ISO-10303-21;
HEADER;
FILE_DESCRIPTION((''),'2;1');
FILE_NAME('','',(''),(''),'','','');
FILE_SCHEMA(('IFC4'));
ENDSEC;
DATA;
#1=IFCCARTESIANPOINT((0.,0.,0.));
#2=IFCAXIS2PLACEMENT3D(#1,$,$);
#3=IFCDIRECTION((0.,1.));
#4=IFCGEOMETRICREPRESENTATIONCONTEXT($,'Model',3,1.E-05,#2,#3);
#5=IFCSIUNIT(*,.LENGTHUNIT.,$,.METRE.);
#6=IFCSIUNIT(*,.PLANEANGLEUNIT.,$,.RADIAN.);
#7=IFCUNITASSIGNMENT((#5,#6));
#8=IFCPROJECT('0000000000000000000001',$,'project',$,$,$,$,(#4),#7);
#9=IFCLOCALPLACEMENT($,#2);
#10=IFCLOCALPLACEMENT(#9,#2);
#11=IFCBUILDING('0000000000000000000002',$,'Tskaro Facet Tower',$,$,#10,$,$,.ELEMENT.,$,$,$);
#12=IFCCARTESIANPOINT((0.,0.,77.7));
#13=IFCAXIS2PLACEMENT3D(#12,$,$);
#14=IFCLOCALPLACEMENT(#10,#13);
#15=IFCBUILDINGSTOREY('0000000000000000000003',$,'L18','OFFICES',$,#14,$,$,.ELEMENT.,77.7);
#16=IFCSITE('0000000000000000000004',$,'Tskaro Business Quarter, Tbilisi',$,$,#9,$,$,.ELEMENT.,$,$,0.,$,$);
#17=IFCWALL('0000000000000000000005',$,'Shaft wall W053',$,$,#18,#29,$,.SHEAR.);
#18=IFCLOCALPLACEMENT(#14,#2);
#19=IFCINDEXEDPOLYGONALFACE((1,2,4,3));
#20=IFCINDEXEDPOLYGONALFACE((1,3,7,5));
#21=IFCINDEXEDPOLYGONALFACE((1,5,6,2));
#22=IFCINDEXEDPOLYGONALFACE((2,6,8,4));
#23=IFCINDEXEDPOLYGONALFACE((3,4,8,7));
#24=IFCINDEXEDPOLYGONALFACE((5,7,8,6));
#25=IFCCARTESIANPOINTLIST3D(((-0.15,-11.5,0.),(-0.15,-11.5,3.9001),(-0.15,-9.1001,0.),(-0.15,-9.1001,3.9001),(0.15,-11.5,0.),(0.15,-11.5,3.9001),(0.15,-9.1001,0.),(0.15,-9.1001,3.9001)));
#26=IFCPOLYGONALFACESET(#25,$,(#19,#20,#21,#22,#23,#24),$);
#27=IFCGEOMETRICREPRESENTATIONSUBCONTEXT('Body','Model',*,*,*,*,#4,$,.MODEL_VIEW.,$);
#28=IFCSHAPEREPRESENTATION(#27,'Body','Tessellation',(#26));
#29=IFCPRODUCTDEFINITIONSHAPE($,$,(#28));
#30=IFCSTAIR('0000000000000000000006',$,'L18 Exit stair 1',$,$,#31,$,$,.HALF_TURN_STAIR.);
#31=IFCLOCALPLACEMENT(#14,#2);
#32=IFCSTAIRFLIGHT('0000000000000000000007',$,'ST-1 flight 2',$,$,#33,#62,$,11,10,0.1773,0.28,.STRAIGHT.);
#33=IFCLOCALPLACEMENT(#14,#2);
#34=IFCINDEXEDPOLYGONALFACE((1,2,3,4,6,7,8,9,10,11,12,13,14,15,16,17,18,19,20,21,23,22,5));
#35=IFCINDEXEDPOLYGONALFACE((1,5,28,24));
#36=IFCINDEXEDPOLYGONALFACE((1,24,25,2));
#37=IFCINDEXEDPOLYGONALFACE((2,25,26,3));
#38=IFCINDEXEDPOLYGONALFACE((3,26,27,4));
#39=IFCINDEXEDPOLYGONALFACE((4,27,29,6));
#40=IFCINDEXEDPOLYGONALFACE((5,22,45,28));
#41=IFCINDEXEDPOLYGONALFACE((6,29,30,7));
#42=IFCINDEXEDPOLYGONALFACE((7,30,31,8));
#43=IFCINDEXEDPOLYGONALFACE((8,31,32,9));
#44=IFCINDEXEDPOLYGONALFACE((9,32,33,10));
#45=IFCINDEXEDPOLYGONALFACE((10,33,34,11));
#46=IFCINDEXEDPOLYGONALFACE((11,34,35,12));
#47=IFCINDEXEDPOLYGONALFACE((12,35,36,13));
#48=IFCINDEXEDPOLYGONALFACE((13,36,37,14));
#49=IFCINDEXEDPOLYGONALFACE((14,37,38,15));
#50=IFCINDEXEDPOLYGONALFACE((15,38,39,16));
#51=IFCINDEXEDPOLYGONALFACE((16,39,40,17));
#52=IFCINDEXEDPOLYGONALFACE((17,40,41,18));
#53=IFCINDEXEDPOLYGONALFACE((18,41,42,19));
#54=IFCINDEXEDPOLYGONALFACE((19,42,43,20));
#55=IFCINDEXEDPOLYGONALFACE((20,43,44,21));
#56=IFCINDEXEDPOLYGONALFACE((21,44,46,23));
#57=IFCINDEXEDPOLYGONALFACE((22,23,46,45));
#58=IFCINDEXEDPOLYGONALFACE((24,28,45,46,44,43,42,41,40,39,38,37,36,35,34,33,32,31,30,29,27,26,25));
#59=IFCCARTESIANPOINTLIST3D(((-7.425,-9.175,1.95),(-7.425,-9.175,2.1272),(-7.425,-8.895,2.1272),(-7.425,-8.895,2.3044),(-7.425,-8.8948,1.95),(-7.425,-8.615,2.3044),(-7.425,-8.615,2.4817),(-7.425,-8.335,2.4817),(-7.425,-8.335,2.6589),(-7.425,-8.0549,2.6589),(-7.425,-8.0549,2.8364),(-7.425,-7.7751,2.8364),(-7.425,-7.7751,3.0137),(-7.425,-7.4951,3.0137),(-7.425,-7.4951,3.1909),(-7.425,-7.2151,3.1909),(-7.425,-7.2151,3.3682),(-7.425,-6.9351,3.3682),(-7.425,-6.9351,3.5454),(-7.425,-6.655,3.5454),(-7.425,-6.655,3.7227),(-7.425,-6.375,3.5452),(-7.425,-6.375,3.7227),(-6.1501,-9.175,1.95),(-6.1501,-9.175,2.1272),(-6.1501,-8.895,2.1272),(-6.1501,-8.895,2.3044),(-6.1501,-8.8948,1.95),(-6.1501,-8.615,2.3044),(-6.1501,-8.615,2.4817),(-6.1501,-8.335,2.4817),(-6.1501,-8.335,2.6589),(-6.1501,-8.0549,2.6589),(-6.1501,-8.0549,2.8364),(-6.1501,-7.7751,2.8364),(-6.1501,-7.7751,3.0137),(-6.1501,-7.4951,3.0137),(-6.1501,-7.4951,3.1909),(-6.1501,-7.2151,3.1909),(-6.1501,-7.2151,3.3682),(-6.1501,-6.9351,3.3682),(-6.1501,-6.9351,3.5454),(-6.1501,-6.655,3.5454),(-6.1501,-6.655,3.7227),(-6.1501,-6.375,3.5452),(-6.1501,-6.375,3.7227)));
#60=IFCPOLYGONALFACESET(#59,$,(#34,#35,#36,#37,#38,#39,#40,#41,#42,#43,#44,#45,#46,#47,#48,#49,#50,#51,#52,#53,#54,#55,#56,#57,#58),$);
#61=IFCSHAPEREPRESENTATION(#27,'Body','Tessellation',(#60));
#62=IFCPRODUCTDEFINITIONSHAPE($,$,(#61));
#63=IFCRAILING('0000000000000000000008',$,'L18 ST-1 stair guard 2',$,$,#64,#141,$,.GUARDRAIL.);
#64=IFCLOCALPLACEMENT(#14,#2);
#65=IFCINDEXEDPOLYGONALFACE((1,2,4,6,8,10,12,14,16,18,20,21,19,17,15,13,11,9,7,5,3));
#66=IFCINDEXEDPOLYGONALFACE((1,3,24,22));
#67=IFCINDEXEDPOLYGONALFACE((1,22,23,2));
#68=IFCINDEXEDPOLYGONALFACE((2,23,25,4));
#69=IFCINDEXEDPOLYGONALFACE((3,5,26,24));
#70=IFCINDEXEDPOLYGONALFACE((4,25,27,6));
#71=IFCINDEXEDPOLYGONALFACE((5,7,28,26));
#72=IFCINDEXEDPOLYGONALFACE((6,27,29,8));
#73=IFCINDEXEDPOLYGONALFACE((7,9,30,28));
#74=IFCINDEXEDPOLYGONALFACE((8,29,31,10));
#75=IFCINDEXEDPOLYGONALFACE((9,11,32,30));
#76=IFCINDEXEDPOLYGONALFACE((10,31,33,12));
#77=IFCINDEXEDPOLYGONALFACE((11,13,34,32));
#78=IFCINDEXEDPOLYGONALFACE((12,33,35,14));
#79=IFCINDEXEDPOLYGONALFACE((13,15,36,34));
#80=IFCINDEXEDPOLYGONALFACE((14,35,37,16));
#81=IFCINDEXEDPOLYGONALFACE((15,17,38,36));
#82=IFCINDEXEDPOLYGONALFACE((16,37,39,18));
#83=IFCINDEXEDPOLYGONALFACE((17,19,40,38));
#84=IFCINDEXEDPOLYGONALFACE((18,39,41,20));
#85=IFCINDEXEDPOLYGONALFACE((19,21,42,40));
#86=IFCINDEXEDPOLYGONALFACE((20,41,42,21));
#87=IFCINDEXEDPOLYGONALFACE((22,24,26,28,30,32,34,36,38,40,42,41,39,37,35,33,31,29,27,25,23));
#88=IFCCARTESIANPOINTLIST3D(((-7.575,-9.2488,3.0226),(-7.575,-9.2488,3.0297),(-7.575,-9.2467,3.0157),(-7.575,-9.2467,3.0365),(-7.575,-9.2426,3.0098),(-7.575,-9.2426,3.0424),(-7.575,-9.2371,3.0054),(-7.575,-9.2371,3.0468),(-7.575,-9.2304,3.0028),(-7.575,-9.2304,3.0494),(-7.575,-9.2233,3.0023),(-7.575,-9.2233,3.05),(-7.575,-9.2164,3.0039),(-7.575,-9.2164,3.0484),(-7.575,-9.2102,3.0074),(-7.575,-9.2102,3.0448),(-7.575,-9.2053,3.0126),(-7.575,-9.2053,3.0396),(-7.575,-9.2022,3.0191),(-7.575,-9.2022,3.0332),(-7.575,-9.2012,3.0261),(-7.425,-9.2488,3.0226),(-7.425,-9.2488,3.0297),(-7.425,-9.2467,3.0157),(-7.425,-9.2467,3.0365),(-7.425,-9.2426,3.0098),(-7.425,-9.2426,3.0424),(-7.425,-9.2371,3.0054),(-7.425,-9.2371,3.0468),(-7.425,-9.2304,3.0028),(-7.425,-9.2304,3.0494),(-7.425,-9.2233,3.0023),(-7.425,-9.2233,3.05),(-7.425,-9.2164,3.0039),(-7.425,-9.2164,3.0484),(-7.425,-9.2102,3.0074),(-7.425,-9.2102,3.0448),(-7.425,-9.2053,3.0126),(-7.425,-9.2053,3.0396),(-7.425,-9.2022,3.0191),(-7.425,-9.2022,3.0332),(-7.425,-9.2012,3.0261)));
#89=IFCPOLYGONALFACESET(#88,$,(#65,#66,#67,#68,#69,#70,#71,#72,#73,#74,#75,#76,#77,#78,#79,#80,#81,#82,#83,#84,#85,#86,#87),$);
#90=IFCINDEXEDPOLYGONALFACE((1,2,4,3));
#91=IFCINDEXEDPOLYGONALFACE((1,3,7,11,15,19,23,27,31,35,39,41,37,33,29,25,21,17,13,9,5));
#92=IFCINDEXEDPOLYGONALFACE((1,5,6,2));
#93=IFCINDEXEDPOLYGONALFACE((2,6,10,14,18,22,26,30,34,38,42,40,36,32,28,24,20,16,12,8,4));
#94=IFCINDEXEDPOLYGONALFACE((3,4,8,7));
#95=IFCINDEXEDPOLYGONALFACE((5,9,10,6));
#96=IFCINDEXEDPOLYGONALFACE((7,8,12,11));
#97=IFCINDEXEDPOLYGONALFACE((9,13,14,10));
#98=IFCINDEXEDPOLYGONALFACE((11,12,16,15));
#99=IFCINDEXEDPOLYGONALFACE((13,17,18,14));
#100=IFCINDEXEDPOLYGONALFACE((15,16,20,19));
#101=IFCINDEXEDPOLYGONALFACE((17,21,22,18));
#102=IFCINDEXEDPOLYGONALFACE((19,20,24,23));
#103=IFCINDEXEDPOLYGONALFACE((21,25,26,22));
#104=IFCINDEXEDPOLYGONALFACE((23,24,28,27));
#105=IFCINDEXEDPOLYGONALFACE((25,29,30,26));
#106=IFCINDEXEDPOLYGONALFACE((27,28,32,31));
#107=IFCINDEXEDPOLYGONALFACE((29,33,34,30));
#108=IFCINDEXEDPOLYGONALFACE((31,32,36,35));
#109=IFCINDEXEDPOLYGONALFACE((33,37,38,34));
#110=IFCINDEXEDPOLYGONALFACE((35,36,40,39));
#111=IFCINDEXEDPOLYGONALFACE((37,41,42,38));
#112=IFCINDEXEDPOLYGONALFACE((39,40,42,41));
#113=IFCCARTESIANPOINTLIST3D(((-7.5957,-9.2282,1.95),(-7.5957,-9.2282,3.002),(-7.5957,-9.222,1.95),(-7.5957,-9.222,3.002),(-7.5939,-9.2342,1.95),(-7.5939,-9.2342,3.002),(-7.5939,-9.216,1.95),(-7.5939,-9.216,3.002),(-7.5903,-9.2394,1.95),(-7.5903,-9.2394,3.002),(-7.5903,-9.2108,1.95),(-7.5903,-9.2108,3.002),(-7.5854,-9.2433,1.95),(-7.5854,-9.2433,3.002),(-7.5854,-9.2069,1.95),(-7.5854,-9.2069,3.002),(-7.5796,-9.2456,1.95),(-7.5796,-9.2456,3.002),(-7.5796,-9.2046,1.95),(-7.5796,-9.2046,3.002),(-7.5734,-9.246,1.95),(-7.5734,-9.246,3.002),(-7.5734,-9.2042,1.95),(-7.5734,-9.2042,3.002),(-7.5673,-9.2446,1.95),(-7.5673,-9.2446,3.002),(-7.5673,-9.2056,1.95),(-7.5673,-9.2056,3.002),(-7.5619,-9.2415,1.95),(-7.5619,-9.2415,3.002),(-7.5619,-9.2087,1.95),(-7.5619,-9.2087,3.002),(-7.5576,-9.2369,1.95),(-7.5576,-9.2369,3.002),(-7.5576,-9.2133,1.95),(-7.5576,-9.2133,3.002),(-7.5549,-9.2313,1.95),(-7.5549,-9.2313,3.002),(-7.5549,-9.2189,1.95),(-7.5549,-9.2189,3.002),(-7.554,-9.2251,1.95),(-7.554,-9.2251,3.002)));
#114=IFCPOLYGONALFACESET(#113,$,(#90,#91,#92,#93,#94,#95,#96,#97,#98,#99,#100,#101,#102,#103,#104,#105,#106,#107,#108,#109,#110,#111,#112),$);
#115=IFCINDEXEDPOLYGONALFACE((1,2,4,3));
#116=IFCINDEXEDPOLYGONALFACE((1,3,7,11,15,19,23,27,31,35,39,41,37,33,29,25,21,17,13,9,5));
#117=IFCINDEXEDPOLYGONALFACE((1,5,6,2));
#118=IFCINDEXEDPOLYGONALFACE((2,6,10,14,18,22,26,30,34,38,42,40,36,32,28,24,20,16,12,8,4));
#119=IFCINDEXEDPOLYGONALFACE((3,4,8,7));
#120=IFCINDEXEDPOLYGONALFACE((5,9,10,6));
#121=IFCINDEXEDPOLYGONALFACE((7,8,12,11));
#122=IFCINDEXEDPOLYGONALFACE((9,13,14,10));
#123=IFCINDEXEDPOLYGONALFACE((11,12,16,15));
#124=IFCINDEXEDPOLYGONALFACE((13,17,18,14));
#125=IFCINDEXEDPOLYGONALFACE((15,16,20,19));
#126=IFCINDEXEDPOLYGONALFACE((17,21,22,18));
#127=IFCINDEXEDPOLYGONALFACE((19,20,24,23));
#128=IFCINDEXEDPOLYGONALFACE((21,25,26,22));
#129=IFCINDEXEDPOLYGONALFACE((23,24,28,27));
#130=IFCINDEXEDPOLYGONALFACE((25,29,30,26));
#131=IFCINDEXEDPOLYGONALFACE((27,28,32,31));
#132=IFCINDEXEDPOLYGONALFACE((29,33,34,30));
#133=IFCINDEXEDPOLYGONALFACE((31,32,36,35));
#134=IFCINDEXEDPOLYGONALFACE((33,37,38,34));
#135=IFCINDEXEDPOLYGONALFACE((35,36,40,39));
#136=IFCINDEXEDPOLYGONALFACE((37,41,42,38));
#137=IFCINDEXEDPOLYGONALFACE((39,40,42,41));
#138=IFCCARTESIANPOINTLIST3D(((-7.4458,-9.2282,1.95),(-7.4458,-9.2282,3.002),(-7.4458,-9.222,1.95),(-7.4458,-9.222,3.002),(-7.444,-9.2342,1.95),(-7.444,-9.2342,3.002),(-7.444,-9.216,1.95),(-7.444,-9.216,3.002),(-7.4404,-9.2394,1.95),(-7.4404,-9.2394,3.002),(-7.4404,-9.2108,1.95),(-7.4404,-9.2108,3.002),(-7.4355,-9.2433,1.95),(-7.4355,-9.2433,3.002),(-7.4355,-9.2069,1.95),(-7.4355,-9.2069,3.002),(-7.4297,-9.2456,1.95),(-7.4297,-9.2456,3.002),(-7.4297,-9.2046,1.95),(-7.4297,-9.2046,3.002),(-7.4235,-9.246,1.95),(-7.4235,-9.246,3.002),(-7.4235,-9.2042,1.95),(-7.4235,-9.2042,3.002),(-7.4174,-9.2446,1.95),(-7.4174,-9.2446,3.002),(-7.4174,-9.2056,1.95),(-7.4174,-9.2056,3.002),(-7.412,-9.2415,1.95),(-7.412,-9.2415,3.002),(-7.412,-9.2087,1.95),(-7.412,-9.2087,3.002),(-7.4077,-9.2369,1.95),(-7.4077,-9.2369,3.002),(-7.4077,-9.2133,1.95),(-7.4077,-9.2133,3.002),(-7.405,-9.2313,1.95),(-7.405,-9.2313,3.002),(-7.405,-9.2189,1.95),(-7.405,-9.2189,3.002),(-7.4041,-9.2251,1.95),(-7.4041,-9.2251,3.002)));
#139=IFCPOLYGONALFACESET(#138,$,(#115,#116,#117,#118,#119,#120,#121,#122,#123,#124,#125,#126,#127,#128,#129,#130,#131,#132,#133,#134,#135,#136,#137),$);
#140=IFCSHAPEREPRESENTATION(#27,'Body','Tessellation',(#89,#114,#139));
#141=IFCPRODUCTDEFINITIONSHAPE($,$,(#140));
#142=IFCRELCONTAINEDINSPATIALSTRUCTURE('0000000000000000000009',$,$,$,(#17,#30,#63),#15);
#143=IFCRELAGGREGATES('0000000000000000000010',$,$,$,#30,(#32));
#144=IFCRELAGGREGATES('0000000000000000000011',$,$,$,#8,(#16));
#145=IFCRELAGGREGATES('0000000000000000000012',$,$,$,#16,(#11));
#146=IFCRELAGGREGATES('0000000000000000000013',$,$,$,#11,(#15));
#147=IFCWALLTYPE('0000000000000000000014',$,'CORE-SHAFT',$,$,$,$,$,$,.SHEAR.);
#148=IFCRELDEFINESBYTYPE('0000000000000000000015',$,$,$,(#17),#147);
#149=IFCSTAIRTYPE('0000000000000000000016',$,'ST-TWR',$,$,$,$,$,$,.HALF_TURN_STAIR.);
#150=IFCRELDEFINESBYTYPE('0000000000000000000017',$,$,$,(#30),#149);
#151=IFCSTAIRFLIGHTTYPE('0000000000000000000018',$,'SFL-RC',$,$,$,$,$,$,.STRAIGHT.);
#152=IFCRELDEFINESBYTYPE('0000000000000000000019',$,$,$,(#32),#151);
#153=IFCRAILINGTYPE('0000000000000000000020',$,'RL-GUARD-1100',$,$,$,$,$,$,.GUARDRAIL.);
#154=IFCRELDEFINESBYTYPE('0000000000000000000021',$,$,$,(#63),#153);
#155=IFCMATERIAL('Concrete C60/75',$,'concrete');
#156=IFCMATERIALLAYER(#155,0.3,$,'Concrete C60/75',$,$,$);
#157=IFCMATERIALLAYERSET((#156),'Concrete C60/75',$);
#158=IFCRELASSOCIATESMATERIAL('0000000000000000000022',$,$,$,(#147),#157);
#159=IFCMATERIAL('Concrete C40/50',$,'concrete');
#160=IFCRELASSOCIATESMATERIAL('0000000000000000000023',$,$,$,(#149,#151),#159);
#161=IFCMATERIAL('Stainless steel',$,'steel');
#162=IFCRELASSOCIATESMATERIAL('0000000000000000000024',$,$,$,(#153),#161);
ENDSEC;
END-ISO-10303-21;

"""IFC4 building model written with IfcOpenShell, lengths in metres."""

from ifc_helpers import new_model, si_unit, direction, frame, frame_2d, origin, origin_2d, place, context, subcontext, project, spatial, polyline, rectangle, circle, outline, extrude, material, layer, layer_set, type_object, element, aggregate, save


model = new_model("IFC4")

# Units and contexts
model_context = context("Model", 3, precision=1e-05, world=origin(), true_north=direction((0.0, 1.0)))
body_context = subcontext(model_context, "Body", "Model", "MODEL_VIEW")
ifc_project = project(units=[si_unit("LENGTHUNIT", "METRE"), si_unit("PLANEANGLEUNIT", "RADIAN")], contexts=[model_context])

# Site, building, storey
site_placement = place(None, origin())
site = spatial("IfcSite", under=ifc_project, at=site_placement, Name="Tskaro Business Quarter, Tbilisi", CompositionType="ELEMENT", RefElevation=0.0)
building_placement = place(site_placement, origin())
building = spatial("IfcBuilding", under=site, at=building_placement, Name="Tskaro Facet Tower", CompositionType="ELEMENT")
storey_placement = place(building_placement, frame((0.0, 0.0, 77.7)))
storey = spatial("IfcBuildingStorey", under=building, at=storey_placement, Name="L18", Description="OFFICES", CompositionType="ELEMENT", Elevation=77.7)

# Shared definitions
ifc_material_1 = material(Name="Concrete C60/75", Category="concrete")
ifc_layer = layer(ifc_material_1, 0.3, Name="Concrete C60/75")
ifc_layer_set = layer_set([ifc_layer], Name="Concrete C60/75")
wall_type = type_object("IfcWallType", Name="CORE-SHAFT", PredefinedType="SHEAR", material=ifc_layer_set)
ifc_material_2 = material(Name="Stainless steel", Category="steel")

# Wall
wall_1_placement = place(storey_placement, frame((0.0, -11.5, 0.0), z_axis=(0.0, 0.0, 1.0), x_axis=(0.0, 1.0, 0.0)))
element("IfcWall", 1, at=wall_1_placement, inside=storey, type_object=wall_type, Name="Shaft wall W053", PredefinedType="SHEAR", context=body_context, shape_type="SweptSolid", body=[
    extrude(rectangle(XDim=2.3999, YDim=0.3, at=frame_2d((1.2, 0.0))), origin(), (0.0, 0.0, 1.0), 3.9001),
])

# Stair, stair flight
ifc_material_3 = material(Name="Concrete C40/50", Category="concrete")
stair_type = type_object("IfcStairType", Name="ST-TWR", PredefinedType="HALF_TURN_STAIR", material=ifc_material_3)
stair_placement = place(storey_placement, origin())
stair = element("IfcStair", 2, at=stair_placement, inside=storey, type_object=stair_type, Name="L18 Exit stair 1", PredefinedType="HALF_TURN_STAIR")
stair_flight_type = type_object("IfcStairFlightType", Name="SFL-RC", PredefinedType="STRAIGHT", material=ifc_material_3)
stair_flight_placement = place(storey_placement, frame((-6.7876, -9.175, 1.95), z_axis=(0.0, 0.0, 1.0), x_axis=(0.0, 1.0, 0.0)))
stair_flight = element("IfcStairFlight", 3, at=stair_flight_placement, type_object=stair_flight_type, Name="ST-1 flight 2", NumberOfRisers=11, NumberOfTreads=10, PredefinedType="STRAIGHT", RiserHeight=0.1773, TreadLength=0.28, context=body_context, shape_type="SweptSolid", body=[
    extrude(outline(polyline([(0.0, 0.0), (0.0, 0.1772), (0.28, 0.1772), (0.28, 0.3545), (0.5601, 0.3545), (0.5601, 0.5317), (0.8401, 0.5317), (0.8401, 0.709), (1.1201, 0.709), (1.1201, 0.8865), (1.3999, 0.8865), (1.3999, 1.0637), (1.6799, 1.0637), (1.6799, 1.241), (1.96, 1.241), (1.96, 1.4182), (2.24, 1.4182), (2.24, 1.5955), (2.52, 1.5955), (2.52, 1.7727), (2.8, 1.7727), (2.8, 1.95), (2.8, 1.5952), (0.2803, 0.0), (0.0, 0.0)])), frame((0.0, 0.6375, 0.0), z_axis=(0.0, -1.0, 0.0), x_axis=(1.0, 0.0, 0.0)), (0.0, 0.0, 1.0), 1.2749),
])
aggregate(stair, [stair_flight])

# Railing
railing_type_1 = type_object("IfcRailingType", Name="RL-GUARD-1100", PredefinedType="GUARDRAIL", material=ifc_material_2)
railing_1_placement = place(storey_placement, frame((-7.575, -9.2251, 1.95)))
element("IfcRailing", 4, at=railing_1_placement, inside=storey, type_object=railing_type_1, Name="L18 ST-1 stair guard 2", PredefinedType="GUARDRAIL", context=body_context, shape_type="SweptSolid", body=[
    extrude(circle(Radius=0.0239, at=origin_2d()), frame((0.0, 0.0, 1.0762), z_axis=(1.0, 0.0, 0.0), x_axis=(0.0, 1.0, 0.0)), (0.0, 0.0, 1.0), 0.1499),
    extrude(circle(Radius=0.021, at=origin_2d()), origin(), (0.0, 0.0, 1.0), 1.052),
    extrude(circle(Radius=0.021, at=origin_2d()), frame((0.1499, 0.0, 0.0)), (0.0, 0.0, 1.0), 1.052),
])

save(model, "model.ifc")
